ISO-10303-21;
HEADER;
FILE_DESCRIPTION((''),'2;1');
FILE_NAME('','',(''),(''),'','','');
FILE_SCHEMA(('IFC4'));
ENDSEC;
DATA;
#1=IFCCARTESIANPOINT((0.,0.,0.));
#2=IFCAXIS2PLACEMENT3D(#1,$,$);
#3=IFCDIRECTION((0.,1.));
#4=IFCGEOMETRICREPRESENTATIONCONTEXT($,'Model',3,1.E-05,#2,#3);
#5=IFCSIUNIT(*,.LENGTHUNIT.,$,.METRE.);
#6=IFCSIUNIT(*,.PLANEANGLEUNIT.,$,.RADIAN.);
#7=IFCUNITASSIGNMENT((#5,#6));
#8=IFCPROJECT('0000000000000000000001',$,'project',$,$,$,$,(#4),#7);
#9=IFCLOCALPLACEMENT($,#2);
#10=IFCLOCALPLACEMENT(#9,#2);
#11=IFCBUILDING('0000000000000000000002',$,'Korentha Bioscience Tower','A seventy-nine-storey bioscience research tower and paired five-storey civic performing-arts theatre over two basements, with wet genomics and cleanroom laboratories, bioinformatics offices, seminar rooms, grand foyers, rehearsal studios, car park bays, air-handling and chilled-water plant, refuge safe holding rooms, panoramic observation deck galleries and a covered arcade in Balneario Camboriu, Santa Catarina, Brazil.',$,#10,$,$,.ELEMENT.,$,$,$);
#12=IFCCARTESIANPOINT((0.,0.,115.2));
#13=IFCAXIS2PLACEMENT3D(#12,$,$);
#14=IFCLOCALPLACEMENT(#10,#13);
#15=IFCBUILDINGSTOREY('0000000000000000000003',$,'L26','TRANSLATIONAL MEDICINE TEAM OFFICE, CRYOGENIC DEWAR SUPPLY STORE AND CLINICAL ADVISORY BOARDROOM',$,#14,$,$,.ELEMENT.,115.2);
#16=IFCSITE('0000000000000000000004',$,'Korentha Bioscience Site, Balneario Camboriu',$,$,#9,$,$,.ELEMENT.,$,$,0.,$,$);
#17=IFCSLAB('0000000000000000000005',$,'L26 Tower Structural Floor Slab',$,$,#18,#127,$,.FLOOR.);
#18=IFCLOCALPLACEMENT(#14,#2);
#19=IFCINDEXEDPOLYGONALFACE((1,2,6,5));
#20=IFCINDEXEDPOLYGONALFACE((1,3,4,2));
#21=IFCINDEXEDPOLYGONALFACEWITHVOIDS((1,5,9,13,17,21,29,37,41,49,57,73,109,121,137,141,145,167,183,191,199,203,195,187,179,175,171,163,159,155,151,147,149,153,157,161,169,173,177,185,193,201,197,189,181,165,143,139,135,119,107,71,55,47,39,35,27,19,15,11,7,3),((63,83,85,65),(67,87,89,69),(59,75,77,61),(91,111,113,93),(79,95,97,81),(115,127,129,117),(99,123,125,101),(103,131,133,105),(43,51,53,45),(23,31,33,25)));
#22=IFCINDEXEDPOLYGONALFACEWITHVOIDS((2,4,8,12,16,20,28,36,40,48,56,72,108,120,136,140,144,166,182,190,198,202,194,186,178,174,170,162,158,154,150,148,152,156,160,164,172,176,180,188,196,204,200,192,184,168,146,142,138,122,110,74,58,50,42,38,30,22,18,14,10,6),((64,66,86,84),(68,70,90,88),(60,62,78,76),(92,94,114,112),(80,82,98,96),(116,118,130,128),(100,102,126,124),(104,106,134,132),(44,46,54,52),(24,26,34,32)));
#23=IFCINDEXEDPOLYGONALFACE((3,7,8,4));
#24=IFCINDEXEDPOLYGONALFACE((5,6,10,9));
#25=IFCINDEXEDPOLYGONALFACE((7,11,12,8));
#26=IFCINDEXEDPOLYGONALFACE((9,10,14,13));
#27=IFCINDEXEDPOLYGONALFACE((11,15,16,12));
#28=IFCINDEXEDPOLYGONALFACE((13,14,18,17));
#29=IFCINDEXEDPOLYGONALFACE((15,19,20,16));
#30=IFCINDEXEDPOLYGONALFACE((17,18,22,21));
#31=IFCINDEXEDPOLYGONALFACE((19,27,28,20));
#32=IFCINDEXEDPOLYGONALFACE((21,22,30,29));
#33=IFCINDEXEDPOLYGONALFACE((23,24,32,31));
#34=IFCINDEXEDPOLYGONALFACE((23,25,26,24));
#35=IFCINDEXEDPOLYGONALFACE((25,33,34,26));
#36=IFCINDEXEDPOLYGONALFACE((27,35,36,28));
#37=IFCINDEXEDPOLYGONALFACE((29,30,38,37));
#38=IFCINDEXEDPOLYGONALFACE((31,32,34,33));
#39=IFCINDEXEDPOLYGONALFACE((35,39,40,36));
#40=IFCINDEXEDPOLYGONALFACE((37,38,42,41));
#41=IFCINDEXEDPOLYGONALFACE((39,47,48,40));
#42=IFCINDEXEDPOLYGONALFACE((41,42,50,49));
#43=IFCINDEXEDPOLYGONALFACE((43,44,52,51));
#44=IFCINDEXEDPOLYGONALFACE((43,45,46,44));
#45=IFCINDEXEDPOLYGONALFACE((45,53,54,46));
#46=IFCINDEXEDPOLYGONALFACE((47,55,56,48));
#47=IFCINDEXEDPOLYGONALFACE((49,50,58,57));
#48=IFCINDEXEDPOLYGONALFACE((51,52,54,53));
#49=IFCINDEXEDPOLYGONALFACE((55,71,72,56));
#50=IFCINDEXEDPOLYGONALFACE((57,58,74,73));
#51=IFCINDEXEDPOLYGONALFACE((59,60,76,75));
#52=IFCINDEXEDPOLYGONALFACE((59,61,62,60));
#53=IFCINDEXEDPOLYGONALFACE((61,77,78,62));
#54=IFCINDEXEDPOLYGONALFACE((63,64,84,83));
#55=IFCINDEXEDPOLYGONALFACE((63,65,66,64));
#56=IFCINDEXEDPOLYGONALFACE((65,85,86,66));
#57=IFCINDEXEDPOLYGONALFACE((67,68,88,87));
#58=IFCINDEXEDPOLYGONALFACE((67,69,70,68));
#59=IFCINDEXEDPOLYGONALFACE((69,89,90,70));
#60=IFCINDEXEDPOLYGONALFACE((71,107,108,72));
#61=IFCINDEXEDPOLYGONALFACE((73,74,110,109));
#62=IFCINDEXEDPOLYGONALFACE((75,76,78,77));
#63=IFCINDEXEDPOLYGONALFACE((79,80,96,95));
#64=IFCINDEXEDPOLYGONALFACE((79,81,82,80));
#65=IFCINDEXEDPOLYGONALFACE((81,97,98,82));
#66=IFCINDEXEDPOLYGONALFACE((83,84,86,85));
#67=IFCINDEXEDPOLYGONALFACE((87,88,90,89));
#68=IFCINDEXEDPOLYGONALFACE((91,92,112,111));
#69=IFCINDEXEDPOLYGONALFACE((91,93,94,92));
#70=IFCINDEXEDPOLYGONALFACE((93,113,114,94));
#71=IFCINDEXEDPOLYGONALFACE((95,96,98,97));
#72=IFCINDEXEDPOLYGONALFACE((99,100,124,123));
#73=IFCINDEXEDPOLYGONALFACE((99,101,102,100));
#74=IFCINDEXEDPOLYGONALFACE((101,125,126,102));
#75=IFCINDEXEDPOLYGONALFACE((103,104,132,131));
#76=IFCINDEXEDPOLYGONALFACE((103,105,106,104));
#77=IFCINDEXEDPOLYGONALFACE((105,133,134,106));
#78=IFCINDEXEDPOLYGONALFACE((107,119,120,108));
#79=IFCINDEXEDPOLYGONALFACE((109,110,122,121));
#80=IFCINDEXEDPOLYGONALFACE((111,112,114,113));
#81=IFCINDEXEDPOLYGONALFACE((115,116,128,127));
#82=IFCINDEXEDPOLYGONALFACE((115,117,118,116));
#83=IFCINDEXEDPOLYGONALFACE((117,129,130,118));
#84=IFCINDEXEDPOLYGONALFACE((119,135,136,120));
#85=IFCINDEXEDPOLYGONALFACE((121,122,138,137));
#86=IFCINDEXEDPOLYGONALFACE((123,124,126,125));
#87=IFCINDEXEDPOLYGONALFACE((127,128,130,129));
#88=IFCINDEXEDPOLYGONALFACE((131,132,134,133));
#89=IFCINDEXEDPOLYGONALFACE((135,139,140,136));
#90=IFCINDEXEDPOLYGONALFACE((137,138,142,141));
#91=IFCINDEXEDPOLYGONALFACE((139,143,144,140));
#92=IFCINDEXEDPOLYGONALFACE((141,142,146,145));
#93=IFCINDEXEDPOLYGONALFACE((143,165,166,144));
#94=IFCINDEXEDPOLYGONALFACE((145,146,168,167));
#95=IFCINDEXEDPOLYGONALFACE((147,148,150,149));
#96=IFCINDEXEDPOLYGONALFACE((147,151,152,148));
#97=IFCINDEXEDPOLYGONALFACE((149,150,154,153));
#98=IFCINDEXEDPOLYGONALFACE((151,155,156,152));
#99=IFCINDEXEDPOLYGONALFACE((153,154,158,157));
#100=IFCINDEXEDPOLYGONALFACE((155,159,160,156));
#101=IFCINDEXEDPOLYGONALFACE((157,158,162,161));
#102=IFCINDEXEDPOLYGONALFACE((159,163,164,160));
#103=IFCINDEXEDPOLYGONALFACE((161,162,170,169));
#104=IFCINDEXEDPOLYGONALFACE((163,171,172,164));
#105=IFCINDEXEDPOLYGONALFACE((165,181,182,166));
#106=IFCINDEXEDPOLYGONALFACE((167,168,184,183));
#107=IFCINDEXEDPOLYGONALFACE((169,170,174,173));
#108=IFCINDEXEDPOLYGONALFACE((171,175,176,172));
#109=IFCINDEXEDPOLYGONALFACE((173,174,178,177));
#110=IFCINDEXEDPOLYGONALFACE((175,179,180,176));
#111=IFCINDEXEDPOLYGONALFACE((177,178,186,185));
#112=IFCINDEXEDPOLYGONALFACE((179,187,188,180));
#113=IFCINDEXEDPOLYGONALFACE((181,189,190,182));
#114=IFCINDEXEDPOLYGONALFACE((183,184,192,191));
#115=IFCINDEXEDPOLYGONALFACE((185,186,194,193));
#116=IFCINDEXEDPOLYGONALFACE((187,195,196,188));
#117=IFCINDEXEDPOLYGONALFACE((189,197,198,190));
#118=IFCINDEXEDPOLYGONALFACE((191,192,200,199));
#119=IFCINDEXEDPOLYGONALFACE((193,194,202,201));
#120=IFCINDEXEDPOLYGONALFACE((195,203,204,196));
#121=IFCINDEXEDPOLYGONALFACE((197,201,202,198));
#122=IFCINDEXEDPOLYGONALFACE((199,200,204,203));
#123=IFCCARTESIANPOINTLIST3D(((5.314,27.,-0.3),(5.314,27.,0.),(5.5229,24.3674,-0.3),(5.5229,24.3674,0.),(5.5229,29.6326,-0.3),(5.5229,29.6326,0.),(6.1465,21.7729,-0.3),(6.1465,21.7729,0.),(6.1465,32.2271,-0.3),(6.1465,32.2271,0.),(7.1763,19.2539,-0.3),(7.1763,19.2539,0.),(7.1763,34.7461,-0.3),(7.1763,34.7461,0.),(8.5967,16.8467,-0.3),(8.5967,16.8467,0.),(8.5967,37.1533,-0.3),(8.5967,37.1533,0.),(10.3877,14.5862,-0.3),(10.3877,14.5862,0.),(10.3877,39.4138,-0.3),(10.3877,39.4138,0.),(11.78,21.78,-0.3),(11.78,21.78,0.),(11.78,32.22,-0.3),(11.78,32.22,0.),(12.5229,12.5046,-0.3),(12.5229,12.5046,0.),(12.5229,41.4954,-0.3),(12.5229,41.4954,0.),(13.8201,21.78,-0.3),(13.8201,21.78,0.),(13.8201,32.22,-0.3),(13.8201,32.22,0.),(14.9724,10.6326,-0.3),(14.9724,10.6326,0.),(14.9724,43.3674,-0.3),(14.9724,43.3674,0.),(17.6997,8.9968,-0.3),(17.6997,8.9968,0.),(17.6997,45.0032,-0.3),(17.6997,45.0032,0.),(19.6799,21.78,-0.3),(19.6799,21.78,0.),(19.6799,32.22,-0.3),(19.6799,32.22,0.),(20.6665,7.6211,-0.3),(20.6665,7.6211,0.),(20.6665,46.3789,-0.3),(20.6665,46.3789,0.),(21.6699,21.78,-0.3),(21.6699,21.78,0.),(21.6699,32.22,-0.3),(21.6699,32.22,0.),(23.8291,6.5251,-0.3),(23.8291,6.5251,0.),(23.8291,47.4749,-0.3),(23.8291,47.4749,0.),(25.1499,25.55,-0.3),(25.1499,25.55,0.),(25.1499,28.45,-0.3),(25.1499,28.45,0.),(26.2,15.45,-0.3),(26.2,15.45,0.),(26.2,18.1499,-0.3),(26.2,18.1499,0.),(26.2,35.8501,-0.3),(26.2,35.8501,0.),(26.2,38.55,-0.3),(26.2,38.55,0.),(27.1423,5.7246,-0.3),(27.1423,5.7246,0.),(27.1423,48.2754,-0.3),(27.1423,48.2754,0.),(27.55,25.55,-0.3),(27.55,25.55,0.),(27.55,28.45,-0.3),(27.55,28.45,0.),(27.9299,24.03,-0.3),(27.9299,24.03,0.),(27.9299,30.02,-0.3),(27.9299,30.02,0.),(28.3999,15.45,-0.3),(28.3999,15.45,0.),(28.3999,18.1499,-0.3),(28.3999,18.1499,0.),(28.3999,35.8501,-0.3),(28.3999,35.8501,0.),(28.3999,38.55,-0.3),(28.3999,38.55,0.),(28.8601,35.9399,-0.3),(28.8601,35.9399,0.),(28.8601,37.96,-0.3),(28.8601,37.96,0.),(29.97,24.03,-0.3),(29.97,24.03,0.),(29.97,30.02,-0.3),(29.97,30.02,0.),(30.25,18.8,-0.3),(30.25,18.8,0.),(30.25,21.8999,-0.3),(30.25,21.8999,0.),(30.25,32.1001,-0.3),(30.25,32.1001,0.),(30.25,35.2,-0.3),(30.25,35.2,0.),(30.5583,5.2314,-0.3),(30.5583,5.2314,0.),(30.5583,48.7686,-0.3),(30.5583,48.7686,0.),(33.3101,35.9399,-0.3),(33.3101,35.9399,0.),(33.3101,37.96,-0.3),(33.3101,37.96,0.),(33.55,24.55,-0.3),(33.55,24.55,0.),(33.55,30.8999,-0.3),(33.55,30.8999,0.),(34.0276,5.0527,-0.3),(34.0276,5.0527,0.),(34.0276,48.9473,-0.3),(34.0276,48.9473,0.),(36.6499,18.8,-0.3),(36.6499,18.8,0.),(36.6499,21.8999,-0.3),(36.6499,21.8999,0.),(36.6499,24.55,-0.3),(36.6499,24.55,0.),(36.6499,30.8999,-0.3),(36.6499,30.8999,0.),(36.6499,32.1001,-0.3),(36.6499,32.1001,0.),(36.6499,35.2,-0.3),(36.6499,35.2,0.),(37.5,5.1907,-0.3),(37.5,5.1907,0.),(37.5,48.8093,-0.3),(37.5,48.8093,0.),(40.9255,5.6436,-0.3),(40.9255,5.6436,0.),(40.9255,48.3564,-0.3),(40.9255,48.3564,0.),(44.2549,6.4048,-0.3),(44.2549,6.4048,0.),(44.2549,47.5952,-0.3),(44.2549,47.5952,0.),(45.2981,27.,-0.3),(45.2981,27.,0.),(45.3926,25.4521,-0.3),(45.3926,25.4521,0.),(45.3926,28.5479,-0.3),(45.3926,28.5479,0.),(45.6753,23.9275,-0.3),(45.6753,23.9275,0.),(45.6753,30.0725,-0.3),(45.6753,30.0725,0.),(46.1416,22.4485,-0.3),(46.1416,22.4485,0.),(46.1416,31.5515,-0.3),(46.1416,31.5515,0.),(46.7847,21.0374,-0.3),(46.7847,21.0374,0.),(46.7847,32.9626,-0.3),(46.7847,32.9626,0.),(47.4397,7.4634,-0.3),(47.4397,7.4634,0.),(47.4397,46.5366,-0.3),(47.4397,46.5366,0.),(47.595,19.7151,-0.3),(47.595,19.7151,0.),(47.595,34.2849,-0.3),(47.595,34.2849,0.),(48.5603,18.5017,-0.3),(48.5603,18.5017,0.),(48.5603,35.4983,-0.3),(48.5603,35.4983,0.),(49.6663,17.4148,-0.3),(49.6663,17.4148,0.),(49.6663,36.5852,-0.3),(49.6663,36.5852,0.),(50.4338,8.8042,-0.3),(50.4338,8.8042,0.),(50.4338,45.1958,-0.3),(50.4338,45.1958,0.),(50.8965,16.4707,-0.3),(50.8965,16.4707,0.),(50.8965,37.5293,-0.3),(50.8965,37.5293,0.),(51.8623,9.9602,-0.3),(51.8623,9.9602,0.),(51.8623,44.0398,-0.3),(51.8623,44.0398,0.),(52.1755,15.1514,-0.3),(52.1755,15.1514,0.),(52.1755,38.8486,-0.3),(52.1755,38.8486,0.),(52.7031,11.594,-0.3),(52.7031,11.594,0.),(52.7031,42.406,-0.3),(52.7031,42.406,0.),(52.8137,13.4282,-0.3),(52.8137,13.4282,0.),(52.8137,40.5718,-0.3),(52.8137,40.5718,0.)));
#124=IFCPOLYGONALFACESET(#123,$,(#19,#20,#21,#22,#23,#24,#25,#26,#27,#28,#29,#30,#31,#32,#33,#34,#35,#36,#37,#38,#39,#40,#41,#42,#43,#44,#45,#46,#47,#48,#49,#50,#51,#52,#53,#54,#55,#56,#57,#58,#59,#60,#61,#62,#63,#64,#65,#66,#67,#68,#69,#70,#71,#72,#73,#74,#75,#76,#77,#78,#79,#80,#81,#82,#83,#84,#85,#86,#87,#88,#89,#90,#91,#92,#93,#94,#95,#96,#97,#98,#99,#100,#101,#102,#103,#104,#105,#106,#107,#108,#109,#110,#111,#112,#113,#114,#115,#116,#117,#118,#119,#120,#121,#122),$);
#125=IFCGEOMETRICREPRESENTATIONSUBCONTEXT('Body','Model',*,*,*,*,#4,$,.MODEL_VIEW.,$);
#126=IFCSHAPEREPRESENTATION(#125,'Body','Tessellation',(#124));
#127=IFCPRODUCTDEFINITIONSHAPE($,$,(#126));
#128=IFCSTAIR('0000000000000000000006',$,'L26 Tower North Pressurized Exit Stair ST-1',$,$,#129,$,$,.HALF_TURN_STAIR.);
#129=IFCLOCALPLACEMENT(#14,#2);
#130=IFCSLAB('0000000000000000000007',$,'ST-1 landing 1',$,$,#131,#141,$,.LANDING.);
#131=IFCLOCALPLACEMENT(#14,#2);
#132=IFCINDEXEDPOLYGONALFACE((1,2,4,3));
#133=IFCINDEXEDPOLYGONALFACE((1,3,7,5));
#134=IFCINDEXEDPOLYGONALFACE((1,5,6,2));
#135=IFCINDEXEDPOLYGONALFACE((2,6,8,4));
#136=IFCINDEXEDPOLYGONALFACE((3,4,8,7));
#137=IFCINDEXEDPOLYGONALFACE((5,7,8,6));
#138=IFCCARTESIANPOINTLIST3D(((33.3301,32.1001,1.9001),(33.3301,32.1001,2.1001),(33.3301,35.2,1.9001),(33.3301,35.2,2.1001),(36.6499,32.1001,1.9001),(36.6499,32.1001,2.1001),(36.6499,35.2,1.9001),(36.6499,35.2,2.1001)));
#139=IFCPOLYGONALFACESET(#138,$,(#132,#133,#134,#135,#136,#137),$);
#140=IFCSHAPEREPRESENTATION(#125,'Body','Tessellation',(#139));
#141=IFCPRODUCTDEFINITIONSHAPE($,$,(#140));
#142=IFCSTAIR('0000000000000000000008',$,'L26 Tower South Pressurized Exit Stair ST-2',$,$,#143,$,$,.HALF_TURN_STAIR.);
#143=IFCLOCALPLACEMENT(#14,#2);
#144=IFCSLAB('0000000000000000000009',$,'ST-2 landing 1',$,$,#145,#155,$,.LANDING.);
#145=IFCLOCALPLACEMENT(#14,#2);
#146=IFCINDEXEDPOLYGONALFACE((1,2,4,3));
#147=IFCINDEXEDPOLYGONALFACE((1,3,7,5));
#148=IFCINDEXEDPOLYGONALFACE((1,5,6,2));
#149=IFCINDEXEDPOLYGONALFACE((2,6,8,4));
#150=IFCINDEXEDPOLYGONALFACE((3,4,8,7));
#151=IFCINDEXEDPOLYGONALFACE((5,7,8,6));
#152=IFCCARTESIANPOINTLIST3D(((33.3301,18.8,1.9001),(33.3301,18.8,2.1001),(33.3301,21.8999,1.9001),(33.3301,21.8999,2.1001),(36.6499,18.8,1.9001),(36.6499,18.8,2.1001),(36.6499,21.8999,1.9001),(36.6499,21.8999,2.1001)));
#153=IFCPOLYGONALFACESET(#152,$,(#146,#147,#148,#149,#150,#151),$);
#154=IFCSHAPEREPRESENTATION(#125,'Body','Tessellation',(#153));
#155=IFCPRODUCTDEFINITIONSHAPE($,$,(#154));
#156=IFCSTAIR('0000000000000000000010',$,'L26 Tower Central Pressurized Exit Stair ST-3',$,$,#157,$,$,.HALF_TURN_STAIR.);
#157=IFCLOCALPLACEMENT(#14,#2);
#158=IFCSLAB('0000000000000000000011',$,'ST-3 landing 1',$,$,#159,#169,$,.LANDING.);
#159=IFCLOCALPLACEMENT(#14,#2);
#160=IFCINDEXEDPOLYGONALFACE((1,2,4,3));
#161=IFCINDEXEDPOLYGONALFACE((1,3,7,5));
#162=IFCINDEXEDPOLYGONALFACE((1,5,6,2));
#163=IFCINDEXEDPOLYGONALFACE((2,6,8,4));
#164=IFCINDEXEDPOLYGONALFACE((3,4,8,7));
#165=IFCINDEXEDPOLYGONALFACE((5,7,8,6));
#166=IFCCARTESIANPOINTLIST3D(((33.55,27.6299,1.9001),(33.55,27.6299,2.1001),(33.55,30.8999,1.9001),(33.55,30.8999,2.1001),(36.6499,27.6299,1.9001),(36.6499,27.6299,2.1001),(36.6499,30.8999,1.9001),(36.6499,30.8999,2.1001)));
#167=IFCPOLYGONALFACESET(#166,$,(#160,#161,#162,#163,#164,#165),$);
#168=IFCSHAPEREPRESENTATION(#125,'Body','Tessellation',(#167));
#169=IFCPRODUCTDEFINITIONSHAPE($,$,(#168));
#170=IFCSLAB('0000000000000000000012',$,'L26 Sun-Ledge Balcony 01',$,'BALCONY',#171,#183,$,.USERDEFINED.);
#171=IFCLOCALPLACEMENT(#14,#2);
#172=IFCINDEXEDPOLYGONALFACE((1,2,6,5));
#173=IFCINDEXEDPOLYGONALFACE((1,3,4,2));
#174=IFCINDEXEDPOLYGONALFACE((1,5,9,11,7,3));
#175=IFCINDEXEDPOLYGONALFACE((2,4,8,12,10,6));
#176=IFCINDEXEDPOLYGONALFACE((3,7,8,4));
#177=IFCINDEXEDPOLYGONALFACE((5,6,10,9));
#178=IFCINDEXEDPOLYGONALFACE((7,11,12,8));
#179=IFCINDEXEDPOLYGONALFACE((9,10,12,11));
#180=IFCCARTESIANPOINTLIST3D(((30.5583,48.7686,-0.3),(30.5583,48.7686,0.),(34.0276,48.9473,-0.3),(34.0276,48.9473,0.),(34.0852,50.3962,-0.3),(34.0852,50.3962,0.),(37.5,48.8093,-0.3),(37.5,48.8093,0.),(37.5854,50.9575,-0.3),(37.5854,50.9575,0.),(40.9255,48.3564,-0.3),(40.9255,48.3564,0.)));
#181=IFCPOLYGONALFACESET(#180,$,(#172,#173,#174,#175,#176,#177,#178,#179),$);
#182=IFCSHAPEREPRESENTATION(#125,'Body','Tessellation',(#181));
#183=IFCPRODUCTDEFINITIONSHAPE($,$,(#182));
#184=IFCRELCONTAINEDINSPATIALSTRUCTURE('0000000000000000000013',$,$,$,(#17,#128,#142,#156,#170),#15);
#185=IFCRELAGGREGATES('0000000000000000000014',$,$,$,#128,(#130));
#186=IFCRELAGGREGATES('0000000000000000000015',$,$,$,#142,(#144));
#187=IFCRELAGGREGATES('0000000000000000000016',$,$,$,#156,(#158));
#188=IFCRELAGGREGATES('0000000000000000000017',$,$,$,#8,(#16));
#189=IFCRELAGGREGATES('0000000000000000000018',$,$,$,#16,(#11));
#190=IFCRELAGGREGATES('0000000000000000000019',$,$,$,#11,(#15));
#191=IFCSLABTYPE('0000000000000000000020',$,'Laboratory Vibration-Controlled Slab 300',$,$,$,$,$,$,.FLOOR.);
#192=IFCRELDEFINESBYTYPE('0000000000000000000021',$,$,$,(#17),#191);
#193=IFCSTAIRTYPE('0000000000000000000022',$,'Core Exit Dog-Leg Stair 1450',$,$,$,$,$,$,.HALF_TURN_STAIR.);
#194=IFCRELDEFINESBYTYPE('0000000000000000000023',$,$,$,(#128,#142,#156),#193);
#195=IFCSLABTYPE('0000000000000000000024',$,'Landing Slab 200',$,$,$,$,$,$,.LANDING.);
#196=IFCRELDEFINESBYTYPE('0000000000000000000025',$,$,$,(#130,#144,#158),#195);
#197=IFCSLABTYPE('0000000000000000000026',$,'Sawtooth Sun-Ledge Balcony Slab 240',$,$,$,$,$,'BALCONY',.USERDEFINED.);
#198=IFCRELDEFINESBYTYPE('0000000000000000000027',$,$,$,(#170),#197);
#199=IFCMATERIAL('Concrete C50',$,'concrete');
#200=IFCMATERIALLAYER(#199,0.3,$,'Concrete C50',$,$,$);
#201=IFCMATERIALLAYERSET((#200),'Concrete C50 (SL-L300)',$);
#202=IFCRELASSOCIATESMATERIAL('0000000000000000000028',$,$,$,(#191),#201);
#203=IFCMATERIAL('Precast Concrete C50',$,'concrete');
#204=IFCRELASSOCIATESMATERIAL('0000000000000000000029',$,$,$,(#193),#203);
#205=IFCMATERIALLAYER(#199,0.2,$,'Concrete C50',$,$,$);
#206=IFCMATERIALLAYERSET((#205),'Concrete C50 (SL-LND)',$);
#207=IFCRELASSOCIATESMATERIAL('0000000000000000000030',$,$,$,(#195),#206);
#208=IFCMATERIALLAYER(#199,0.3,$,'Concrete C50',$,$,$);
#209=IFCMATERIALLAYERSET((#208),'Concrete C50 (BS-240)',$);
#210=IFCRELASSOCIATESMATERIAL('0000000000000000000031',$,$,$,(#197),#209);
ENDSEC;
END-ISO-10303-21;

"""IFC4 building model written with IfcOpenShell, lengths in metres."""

from ifc_helpers import new_model, si_unit, direction, frame, origin, place, context, subcontext, project, spatial, polyline, outline, extrude, material, layer, layer_set, type_object, element, aggregate, save


model = new_model("IFC4")

# Units and contexts
model_context = context("Model", 3, precision=1e-05, world=origin(), true_north=direction((0.0, 1.0)))
body_context = subcontext(model_context, "Body", "Model", "MODEL_VIEW")
ifc_project = project(units=[si_unit("LENGTHUNIT", "METRE"), si_unit("PLANEANGLEUNIT", "RADIAN")], contexts=[model_context])

# Site, building, storey
site_placement = place(None, origin())
site = spatial("IfcSite", under=ifc_project, at=site_placement, Name="Korentha Bioscience Site, Balneario Camboriu", CompositionType="ELEMENT", RefElevation=0.0)
building_placement = place(site_placement, origin())
building = spatial("IfcBuilding", under=site, at=building_placement, Name="Korentha Bioscience Tower", Description="A seventy-nine-storey bioscience research tower and paired five-storey civic performing-arts theatre over two basements, with wet genomics and cleanroom laboratories, bioinformatics offices, seminar rooms, grand foyers, rehearsal studios, car park bays, air-handling and chilled-water plant, refuge safe holding rooms, panoramic observation deck galleries and a covered arcade in Balneario Camboriu, Santa Catarina, Brazil.", CompositionType="ELEMENT")
storey_placement = place(building_placement, frame((0.0, 0.0, 115.2)))
storey = spatial("IfcBuildingStorey", under=building, at=storey_placement, Name="L26", Description="TRANSLATIONAL MEDICINE TEAM OFFICE, CRYOGENIC DEWAR SUPPLY STORE AND CLINICAL ADVISORY BOARDROOM", CompositionType="ELEMENT", Elevation=115.2)

# Slab
ifc_material_1 = material(Name="Concrete C50", Category="concrete")
ifc_layer_1 = layer(ifc_material_1, 0.3, Name="Concrete C50")
ifc_layer_set_1 = layer_set([ifc_layer_1], Name="Concrete C50 (SL-L300)")
slab_type_1 = type_object("IfcSlabType", Name="Laboratory Vibration-Controlled Slab 300", PredefinedType="FLOOR", material=ifc_layer_set_1)
slab_1_placement = place(storey_placement, frame((0.0, 0.0, -0.3)))
element("IfcSlab", 1, at=slab_1_placement, inside=storey, type_object=slab_type_1, Name="L26 Tower Structural Floor Slab", PredefinedType="FLOOR", context=body_context, shape_type="SweptSolid", body=[
    extrude(outline(polyline([(50.4338, 45.1958), (47.4397, 46.5366), (44.2549, 47.5952), (40.9255, 48.3564), (37.5, 48.8093), (34.0276, 48.9473), (30.5583, 48.7686), (27.1423, 48.2754), (23.8291, 47.4749), (20.6665, 46.3789), (17.6997, 45.0032), (14.9724, 43.3674), (12.5229, 41.4954), (10.3877, 39.4138), (8.5967, 37.1533), (7.1763, 34.7461), (6.1465, 32.2271), (5.5229, 29.6326), (5.314, 27.0), (5.5229, 24.3674), (6.1465, 21.7729), (7.1763, 19.2539), (8.5967, 16.8467), (10.3877, 14.5862), (12.5229, 12.5046), (14.9724, 10.6326), (17.6997, 8.9968), (20.6665, 7.6211), (23.8291, 6.5251), (27.1423, 5.7246), (30.5583, 5.2314), (34.0276, 5.0527), (37.5, 5.1907), (40.9255, 5.6436), (44.2549, 6.4048), (47.4397, 7.4634), (50.4338, 8.8042), (51.8623, 9.9602), (52.7031, 11.594), (52.8137, 13.4282), (52.1755, 15.1514), (50.8965, 16.4707), (49.6663, 17.4148), (48.5603, 18.5017), (47.595, 19.7151), (46.7847, 21.0374), (46.1416, 22.4485), (45.6753, 23.9275), (45.3926, 25.4521), (45.2981, 27.0), (45.3926, 28.5479), (45.6753, 30.0725), (46.1416, 31.5515), (46.7847, 32.9626), (47.595, 34.2849), (48.5603, 35.4983), (49.6663, 36.5852), (50.8965, 37.5293), (52.1755, 38.8486), (52.8137, 40.5718), (52.7031, 42.406), (51.8623, 44.0398), (50.4338, 45.1958)]), holes=[polyline([(30.25, 32.1001), (36.6499, 32.1001), (36.6499, 35.2), (30.25, 35.2), (30.25, 32.1001)]), polyline([(30.25, 18.8), (36.6499, 18.8), (36.6499, 21.8999), (30.25, 21.8999), (30.25, 18.8)]), polyline([(36.6499, 24.55), (36.6499, 30.8999), (33.55, 30.8999), (33.55, 24.55), (36.6499, 24.55)]), polyline([(11.78, 21.78), (13.8201, 21.78), (13.8201, 32.22), (11.78, 32.22), (11.78, 21.78)]), polyline([(19.6799, 21.78), (21.6699, 21.78), (21.6699, 32.22), (19.6799, 32.22), (19.6799, 21.78)]), polyline([(27.9299, 24.03), (29.97, 24.03), (29.97, 30.02), (27.9299, 30.02), (27.9299, 24.03)]), polyline([(28.8601, 35.9399), (33.3101, 35.9399), (33.3101, 37.96), (28.8601, 37.96), (28.8601, 35.9399)]), polyline([(26.2, 15.45), (28.3999, 15.45), (28.3999, 18.1499), (26.2, 18.1499), (26.2, 15.45)]), polyline([(26.2, 35.8501), (28.3999, 35.8501), (28.3999, 38.55), (26.2, 38.55), (26.2, 35.8501)]), polyline([(25.1499, 25.55), (27.55, 25.55), (27.55, 28.45), (25.1499, 28.45), (25.1499, 25.55)])]), origin(), (0.0, 0.0, 1.0), 0.3),
])

# Stairs, slabs
ifc_material_2 = material(Name="Precast Concrete C50", Category="concrete")
stair_type = type_object("IfcStairType", Name="Core Exit Dog-Leg Stair 1450", PredefinedType="HALF_TURN_STAIR", material=ifc_material_2)
stair_1_placement = place(storey_placement, origin())
stair_1 = element("IfcStair", 2, at=stair_1_placement, inside=storey, type_object=stair_type, Name="L26 Tower North Pressurized Exit Stair ST-1", PredefinedType="HALF_TURN_STAIR")
ifc_layer_2 = layer(ifc_material_1, 0.2, Name="Concrete C50")
ifc_layer_set_2 = layer_set([ifc_layer_2], Name="Concrete C50 (SL-LND)")
slab_type_2 = type_object("IfcSlabType", Name="Landing Slab 200", PredefinedType="LANDING", material=ifc_layer_set_2)
slab_2_placement = place(storey_placement, frame((0.0, 0.0, 1.9001)))
slab_2 = element("IfcSlab", 3, at=slab_2_placement, type_object=slab_type_2, Name="ST-1 landing 1", PredefinedType="LANDING", context=body_context, shape_type="SweptSolid", body=[
    extrude(outline(polyline([(33.3301, 32.1001), (36.6499, 32.1001), (36.6499, 35.2), (33.3301, 35.2), (33.3301, 32.1001)])), origin(), (0.0, 0.0, 1.0), 0.2),
])
aggregate(stair_1, [slab_2])
stair_2_placement = place(storey_placement, origin())
stair_2 = element("IfcStair", 4, at=stair_2_placement, inside=storey, type_object=stair_type, Name="L26 Tower South Pressurized Exit Stair ST-2", PredefinedType="HALF_TURN_STAIR")
slab_3_placement = place(storey_placement, frame((0.0, 0.0, 1.9001)))
slab_3 = element("IfcSlab", 5, at=slab_3_placement, type_object=slab_type_2, Name="ST-2 landing 1", PredefinedType="LANDING", context=body_context, shape_type="SweptSolid", body=[
    extrude(outline(polyline([(33.3301, 18.8), (36.6499, 18.8), (36.6499, 21.8999), (33.3301, 21.8999), (33.3301, 18.8)])), origin(), (0.0, 0.0, 1.0), 0.2),
])
aggregate(stair_2, [slab_3])
stair_3_placement = place(storey_placement, origin())
stair_3 = element("IfcStair", 6, at=stair_3_placement, inside=storey, type_object=stair_type, Name="L26 Tower Central Pressurized Exit Stair ST-3", PredefinedType="HALF_TURN_STAIR")
slab_4_placement = place(storey_placement, frame((0.0, 0.0, 1.9001)))
slab_4 = element("IfcSlab", 7, at=slab_4_placement, type_object=slab_type_2, Name="ST-3 landing 1", PredefinedType="LANDING", context=body_context, shape_type="SweptSolid", body=[
    extrude(outline(polyline([(36.6499, 27.6299), (36.6499, 30.8999), (33.55, 30.8999), (33.55, 27.6299), (36.6499, 27.6299)])), origin(), (0.0, 0.0, 1.0), 0.2),
])
aggregate(stair_3, [slab_4])

# Slab
ifc_layer_3 = layer(ifc_material_1, 0.3, Name="Concrete C50")
ifc_layer_set_3 = layer_set([ifc_layer_3], Name="Concrete C50 (BS-240)")
slab_type_3 = type_object("IfcSlabType", Name="Sawtooth Sun-Ledge Balcony Slab 240", ElementType="BALCONY", PredefinedType="USERDEFINED", material=ifc_layer_set_3)
slab_5_placement = place(storey_placement, frame((0.0, 0.0, -0.3)))
element("IfcSlab", 8, at=slab_5_placement, inside=storey, type_object=slab_type_3, Name="L26 Sun-Ledge Balcony 01", ObjectType="BALCONY", PredefinedType="USERDEFINED", context=body_context, shape_type="SweptSolid", body=[
    extrude(outline(polyline([(30.5583, 48.7686), (34.0276, 48.9473), (37.5, 48.8093), (40.9255, 48.3564), (37.5854, 50.9575), (34.0852, 50.3962), (30.5583, 48.7686)])), origin(), (0.0, 0.0, 1.0), 0.3),
])

save(model, "model.ifc")
